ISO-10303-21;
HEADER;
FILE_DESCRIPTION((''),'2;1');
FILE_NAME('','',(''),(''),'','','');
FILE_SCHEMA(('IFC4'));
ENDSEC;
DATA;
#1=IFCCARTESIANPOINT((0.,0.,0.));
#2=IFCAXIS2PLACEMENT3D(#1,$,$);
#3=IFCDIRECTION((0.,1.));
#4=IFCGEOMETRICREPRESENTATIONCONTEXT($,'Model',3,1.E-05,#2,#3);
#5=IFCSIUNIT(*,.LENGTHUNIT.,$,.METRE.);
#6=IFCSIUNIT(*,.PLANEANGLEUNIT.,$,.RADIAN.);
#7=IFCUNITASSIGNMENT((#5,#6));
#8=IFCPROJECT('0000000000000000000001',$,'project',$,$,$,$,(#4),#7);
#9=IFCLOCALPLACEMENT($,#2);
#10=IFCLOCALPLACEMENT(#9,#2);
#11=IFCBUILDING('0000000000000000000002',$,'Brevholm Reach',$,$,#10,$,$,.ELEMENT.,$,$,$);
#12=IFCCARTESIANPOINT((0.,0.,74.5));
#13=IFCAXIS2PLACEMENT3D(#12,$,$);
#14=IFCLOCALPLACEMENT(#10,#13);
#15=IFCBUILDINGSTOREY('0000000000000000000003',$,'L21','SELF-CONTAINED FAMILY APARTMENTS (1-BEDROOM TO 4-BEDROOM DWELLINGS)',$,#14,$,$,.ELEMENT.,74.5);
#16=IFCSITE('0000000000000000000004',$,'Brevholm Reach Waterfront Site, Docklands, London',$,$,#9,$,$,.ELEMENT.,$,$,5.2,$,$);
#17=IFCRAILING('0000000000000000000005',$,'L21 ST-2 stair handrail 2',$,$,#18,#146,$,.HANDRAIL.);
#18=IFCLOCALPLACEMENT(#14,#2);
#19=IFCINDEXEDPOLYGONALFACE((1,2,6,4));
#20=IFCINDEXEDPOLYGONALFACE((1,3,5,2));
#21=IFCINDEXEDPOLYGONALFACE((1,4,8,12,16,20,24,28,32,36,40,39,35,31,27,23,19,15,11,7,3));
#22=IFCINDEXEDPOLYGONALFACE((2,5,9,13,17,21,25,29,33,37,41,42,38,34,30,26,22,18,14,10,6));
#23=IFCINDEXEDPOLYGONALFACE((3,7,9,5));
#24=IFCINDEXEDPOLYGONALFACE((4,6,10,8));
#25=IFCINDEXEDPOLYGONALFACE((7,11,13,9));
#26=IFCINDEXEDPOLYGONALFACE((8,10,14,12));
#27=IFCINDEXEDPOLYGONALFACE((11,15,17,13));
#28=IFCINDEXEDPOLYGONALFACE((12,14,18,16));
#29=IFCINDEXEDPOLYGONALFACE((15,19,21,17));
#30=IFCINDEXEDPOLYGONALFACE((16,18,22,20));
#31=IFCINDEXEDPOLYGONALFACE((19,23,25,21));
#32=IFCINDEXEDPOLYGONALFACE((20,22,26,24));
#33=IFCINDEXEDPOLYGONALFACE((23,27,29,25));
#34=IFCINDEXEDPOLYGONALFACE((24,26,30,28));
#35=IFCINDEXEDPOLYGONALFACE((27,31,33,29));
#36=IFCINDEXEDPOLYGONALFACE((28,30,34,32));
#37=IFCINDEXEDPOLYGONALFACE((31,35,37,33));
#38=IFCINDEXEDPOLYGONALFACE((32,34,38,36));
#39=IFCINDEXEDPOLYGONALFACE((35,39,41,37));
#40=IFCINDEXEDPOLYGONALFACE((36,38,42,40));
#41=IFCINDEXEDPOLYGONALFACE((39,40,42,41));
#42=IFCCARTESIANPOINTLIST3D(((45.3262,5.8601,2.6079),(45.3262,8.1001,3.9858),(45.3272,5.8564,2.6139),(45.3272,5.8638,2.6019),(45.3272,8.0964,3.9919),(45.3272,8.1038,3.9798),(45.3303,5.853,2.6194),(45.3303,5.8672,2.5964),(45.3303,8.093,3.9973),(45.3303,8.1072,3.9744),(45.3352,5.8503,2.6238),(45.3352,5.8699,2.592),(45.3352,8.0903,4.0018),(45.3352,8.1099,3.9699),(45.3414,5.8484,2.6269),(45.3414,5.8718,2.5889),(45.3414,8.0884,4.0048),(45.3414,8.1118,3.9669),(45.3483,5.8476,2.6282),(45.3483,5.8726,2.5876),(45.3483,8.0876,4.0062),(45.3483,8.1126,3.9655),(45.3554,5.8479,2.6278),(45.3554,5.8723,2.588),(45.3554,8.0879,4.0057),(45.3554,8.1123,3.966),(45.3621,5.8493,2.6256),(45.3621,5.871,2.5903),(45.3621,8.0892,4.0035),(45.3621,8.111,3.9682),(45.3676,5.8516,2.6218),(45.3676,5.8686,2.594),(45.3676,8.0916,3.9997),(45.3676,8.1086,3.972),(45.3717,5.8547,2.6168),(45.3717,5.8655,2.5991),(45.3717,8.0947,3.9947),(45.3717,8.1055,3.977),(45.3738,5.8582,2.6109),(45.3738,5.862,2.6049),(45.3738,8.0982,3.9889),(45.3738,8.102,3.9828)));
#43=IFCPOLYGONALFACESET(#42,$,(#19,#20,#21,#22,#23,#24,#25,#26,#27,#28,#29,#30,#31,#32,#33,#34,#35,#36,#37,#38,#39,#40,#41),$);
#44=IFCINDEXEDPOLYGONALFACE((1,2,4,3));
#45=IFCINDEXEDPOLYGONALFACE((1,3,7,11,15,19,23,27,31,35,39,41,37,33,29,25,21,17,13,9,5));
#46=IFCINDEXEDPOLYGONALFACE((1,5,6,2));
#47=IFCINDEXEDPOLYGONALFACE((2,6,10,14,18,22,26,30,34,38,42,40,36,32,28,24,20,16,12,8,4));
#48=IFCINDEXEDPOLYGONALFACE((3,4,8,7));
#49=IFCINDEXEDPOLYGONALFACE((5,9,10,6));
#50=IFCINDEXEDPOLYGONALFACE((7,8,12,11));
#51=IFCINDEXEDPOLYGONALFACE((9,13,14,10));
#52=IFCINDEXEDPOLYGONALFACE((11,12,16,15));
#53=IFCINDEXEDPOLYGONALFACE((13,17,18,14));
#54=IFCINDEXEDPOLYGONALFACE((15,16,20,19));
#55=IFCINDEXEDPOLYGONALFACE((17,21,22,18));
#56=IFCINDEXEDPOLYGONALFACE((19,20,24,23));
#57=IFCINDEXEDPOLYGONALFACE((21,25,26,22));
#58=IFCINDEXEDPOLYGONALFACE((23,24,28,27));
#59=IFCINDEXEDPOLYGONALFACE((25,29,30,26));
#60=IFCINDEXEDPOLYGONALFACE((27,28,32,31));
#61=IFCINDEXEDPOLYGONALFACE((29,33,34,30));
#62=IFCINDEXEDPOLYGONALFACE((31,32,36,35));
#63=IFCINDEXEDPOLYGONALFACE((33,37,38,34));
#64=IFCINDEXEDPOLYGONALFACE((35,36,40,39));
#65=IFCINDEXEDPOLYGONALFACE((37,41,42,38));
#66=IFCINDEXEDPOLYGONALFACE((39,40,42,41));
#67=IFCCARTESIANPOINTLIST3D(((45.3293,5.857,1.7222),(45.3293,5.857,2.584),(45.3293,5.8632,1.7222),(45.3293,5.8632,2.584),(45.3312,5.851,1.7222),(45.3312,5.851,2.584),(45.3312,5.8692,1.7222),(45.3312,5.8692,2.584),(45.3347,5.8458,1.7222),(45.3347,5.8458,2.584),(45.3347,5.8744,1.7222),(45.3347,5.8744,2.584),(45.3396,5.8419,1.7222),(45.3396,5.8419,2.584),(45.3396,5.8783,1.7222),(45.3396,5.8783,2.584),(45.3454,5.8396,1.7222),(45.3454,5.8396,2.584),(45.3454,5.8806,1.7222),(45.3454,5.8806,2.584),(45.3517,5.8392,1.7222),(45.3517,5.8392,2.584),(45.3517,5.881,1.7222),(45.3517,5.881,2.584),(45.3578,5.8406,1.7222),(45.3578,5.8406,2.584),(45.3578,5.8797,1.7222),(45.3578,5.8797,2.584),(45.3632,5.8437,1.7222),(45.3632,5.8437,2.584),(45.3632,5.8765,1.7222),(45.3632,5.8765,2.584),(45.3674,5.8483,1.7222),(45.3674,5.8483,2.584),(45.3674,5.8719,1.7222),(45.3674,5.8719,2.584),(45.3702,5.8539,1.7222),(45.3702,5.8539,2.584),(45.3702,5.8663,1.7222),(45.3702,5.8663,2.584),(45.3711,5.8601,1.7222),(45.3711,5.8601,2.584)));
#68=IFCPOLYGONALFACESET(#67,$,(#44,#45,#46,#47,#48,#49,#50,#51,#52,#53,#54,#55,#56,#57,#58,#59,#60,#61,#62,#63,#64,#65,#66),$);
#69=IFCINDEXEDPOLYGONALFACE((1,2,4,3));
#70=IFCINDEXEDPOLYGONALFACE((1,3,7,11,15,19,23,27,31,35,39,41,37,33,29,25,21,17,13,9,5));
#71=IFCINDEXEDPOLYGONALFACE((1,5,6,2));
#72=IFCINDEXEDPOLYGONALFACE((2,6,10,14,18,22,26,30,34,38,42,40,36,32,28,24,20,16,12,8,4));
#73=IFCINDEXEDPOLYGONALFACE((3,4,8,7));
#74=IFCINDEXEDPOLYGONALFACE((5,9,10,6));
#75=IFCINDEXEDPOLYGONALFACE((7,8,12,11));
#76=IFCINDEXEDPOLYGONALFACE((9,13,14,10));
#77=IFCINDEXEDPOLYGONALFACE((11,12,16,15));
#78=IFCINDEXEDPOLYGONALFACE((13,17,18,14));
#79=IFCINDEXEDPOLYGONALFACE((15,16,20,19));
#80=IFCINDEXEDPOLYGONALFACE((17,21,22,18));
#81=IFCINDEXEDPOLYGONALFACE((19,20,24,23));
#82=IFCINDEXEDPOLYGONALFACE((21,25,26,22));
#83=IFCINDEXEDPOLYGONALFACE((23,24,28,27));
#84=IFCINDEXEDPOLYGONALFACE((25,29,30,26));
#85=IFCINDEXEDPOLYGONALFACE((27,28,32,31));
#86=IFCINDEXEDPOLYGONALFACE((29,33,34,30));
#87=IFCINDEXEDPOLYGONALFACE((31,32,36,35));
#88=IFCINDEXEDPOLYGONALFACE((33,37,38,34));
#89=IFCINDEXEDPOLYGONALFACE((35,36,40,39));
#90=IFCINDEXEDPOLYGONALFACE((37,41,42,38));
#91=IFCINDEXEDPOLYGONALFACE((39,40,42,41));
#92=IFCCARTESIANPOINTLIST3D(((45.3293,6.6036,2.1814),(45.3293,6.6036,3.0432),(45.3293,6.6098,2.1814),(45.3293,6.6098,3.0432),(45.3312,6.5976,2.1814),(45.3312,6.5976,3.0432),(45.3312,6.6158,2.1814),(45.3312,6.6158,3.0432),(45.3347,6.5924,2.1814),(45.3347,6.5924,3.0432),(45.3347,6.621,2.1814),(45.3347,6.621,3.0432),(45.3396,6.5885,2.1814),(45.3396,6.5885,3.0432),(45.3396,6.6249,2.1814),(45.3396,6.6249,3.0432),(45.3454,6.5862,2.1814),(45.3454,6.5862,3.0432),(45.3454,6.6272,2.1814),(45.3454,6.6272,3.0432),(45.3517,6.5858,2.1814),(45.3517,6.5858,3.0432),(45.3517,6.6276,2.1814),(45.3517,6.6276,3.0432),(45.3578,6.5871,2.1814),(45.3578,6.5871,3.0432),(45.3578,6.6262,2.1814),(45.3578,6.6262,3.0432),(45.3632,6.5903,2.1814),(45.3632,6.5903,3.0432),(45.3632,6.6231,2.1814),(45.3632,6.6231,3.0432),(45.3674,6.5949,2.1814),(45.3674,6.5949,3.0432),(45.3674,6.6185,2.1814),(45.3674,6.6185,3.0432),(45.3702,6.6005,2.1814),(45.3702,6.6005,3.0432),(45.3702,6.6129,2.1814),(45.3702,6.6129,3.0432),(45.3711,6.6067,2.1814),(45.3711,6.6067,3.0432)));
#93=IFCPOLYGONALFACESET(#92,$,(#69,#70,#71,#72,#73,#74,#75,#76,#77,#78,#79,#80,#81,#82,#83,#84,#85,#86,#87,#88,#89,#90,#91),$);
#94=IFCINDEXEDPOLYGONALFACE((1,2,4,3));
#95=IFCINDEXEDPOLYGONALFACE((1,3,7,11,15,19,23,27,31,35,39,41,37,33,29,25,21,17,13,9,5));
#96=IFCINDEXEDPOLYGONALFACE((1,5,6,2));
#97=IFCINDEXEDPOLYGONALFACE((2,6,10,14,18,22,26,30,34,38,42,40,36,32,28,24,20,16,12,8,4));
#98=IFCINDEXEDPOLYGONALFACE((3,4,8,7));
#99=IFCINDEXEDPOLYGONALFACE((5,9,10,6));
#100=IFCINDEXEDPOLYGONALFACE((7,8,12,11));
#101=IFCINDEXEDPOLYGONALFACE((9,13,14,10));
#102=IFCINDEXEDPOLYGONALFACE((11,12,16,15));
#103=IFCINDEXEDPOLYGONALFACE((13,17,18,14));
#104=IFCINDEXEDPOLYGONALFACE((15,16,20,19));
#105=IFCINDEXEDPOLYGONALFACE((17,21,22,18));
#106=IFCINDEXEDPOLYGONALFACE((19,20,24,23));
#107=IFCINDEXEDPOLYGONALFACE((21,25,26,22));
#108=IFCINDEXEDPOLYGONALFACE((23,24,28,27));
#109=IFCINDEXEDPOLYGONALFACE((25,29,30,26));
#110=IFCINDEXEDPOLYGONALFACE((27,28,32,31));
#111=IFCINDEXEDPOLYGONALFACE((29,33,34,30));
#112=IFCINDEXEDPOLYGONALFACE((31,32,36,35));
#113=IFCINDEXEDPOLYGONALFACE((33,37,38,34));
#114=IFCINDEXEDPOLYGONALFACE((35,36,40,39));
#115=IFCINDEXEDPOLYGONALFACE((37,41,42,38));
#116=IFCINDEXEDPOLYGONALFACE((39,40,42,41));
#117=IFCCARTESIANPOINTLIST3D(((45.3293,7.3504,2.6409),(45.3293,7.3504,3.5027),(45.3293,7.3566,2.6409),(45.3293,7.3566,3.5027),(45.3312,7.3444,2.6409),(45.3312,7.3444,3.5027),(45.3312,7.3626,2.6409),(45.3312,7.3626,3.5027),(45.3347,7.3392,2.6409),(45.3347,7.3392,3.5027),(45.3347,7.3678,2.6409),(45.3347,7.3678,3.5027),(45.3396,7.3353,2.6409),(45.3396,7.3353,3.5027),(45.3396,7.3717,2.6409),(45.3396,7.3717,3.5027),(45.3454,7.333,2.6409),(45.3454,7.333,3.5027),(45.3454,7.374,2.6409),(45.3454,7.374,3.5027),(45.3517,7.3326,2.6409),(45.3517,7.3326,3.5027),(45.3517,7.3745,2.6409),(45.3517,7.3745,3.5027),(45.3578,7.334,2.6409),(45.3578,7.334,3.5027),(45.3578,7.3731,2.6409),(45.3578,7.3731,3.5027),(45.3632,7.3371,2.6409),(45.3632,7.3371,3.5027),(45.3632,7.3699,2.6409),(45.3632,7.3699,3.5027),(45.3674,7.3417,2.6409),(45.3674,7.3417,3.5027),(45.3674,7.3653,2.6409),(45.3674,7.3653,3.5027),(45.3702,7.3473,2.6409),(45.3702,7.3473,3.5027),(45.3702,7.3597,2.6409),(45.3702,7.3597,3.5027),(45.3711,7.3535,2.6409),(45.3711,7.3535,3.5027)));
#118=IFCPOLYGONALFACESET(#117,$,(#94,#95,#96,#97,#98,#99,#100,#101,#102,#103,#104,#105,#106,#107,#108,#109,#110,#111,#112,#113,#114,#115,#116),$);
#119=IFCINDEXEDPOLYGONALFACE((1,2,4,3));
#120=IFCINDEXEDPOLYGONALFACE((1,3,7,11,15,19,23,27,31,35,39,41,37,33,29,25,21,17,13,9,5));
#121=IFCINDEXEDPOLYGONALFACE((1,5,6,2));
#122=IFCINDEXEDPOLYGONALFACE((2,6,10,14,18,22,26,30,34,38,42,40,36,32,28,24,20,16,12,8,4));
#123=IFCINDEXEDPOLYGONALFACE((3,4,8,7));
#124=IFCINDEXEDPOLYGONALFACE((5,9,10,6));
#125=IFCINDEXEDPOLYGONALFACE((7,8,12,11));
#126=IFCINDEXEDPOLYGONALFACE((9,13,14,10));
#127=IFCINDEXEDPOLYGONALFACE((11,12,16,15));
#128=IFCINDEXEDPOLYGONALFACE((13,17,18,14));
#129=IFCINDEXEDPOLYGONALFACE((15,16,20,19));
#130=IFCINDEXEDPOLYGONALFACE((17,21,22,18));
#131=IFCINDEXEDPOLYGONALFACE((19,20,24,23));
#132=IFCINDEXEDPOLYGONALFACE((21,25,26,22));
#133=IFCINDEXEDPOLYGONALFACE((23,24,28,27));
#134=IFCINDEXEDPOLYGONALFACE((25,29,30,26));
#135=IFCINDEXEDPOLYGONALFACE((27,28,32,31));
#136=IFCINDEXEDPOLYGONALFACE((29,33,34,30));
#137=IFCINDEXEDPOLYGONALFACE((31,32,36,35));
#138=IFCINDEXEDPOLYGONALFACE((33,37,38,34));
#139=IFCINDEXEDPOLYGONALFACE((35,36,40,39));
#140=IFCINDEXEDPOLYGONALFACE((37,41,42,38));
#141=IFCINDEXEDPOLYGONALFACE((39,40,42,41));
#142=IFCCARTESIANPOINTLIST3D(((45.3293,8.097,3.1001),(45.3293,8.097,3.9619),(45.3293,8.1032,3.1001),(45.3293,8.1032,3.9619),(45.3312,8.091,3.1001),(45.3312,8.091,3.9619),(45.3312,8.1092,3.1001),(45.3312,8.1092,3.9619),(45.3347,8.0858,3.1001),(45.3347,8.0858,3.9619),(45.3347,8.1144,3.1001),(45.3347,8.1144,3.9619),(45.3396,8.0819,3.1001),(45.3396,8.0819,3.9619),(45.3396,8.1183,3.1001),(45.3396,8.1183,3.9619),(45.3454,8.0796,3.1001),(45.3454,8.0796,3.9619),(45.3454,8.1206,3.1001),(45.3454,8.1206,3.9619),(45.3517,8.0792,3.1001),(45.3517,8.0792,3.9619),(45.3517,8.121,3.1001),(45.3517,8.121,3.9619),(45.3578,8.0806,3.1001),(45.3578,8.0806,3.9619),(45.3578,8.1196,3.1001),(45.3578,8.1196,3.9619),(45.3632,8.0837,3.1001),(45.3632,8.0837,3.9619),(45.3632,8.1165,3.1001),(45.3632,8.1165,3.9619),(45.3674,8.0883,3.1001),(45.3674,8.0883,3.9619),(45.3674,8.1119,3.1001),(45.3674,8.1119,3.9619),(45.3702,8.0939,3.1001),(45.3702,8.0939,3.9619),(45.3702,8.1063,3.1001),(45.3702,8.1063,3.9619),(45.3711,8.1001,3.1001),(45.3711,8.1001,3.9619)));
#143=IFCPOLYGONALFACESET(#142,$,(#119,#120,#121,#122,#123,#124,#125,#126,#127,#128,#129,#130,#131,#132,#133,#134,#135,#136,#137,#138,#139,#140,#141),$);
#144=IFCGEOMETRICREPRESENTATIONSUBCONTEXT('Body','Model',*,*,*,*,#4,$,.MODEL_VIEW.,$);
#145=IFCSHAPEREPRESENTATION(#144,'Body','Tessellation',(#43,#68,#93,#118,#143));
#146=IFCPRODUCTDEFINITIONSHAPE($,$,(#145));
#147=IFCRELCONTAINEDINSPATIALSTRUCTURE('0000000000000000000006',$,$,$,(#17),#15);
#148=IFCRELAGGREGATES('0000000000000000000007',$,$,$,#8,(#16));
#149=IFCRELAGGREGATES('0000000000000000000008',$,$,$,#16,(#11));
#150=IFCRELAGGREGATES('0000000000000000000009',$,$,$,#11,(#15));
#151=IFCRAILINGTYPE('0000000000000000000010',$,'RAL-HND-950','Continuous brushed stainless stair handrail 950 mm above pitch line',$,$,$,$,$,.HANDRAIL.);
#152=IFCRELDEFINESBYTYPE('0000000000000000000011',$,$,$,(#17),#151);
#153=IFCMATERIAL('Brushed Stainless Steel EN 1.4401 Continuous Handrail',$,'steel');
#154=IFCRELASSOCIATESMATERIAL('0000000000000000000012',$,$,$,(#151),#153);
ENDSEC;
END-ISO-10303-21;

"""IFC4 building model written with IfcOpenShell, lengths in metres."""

from ifc_helpers import new_model, si_unit, direction, frame, origin, origin_2d, place, context, subcontext, project, spatial, circle, extrude, material, type_object, element, save


model = new_model("IFC4")

# Units and contexts
model_context = context("Model", 3, precision=1e-05, world=origin(), true_north=direction((0.0, 1.0)))
body_context = subcontext(model_context, "Body", "Model", "MODEL_VIEW")
ifc_project = project(units=[si_unit("LENGTHUNIT", "METRE"), si_unit("PLANEANGLEUNIT", "RADIAN")], contexts=[model_context])

# Site, building, storey
site_placement = place(None, origin())
site = spatial("IfcSite", under=ifc_project, at=site_placement, Name="Brevholm Reach Waterfront Site, Docklands, London", CompositionType="ELEMENT", RefElevation=5.2)
building_placement = place(site_placement, origin())
building = spatial("IfcBuilding", under=site, at=building_placement, Name="Brevholm Reach", CompositionType="ELEMENT")
storey_placement = place(building_placement, frame((0.0, 0.0, 74.5)))
storey = spatial("IfcBuildingStorey", under=building, at=storey_placement, Name="L21", Description="SELF-CONTAINED FAMILY APARTMENTS (1-BEDROOM TO 4-BEDROOM DWELLINGS)", CompositionType="ELEMENT", Elevation=74.5)

# Railing
ifc_material_1 = material(Name="Brushed Stainless Steel EN 1.4401 Continuous Handrail", Category="steel")
railing_type_1 = type_object("IfcRailingType", Name="RAL-HND-950", Description="Continuous brushed stainless stair handrail 950 mm above pitch line", PredefinedType="HANDRAIL", material=ifc_material_1)
railing_1_placement = place(storey_placement, frame((45.3501, 5.8601, 1.7222)))
element("IfcRailing", 1, at=railing_1_placement, inside=storey, type_object=railing_type_1, Name="L21 ST-2 stair handrail 2", PredefinedType="HANDRAIL", context=body_context, shape_type="SweptSolid", body=[
    extrude(circle(Radius=0.0239, at=origin_2d()), frame((0.0, 0.0, 0.8857), z_axis=(0.0, 0.851748, 0.523952), x_axis=(-1.0, 0.0, 0.0)), (0.0, 0.0, 1.0), 2.6299),
    extrude(circle(Radius=0.021, at=origin_2d()), origin(), (0.0, 0.0, 1.0), 0.8618),
    extrude(circle(Radius=0.021, at=origin_2d()), frame((0.0, 0.7466, 0.4592)), (0.0, 0.0, 1.0), 0.8618),
    extrude(circle(Radius=0.021, at=origin_2d()), frame((0.0, 1.4934, 0.9187)), (0.0, 0.0, 1.0), 0.8618),
    extrude(circle(Radius=0.021, at=origin_2d()), frame((0.0, 2.24, 1.3779)), (0.0, 0.0, 1.0), 0.8618),
])

save(model, "model.ifc")
